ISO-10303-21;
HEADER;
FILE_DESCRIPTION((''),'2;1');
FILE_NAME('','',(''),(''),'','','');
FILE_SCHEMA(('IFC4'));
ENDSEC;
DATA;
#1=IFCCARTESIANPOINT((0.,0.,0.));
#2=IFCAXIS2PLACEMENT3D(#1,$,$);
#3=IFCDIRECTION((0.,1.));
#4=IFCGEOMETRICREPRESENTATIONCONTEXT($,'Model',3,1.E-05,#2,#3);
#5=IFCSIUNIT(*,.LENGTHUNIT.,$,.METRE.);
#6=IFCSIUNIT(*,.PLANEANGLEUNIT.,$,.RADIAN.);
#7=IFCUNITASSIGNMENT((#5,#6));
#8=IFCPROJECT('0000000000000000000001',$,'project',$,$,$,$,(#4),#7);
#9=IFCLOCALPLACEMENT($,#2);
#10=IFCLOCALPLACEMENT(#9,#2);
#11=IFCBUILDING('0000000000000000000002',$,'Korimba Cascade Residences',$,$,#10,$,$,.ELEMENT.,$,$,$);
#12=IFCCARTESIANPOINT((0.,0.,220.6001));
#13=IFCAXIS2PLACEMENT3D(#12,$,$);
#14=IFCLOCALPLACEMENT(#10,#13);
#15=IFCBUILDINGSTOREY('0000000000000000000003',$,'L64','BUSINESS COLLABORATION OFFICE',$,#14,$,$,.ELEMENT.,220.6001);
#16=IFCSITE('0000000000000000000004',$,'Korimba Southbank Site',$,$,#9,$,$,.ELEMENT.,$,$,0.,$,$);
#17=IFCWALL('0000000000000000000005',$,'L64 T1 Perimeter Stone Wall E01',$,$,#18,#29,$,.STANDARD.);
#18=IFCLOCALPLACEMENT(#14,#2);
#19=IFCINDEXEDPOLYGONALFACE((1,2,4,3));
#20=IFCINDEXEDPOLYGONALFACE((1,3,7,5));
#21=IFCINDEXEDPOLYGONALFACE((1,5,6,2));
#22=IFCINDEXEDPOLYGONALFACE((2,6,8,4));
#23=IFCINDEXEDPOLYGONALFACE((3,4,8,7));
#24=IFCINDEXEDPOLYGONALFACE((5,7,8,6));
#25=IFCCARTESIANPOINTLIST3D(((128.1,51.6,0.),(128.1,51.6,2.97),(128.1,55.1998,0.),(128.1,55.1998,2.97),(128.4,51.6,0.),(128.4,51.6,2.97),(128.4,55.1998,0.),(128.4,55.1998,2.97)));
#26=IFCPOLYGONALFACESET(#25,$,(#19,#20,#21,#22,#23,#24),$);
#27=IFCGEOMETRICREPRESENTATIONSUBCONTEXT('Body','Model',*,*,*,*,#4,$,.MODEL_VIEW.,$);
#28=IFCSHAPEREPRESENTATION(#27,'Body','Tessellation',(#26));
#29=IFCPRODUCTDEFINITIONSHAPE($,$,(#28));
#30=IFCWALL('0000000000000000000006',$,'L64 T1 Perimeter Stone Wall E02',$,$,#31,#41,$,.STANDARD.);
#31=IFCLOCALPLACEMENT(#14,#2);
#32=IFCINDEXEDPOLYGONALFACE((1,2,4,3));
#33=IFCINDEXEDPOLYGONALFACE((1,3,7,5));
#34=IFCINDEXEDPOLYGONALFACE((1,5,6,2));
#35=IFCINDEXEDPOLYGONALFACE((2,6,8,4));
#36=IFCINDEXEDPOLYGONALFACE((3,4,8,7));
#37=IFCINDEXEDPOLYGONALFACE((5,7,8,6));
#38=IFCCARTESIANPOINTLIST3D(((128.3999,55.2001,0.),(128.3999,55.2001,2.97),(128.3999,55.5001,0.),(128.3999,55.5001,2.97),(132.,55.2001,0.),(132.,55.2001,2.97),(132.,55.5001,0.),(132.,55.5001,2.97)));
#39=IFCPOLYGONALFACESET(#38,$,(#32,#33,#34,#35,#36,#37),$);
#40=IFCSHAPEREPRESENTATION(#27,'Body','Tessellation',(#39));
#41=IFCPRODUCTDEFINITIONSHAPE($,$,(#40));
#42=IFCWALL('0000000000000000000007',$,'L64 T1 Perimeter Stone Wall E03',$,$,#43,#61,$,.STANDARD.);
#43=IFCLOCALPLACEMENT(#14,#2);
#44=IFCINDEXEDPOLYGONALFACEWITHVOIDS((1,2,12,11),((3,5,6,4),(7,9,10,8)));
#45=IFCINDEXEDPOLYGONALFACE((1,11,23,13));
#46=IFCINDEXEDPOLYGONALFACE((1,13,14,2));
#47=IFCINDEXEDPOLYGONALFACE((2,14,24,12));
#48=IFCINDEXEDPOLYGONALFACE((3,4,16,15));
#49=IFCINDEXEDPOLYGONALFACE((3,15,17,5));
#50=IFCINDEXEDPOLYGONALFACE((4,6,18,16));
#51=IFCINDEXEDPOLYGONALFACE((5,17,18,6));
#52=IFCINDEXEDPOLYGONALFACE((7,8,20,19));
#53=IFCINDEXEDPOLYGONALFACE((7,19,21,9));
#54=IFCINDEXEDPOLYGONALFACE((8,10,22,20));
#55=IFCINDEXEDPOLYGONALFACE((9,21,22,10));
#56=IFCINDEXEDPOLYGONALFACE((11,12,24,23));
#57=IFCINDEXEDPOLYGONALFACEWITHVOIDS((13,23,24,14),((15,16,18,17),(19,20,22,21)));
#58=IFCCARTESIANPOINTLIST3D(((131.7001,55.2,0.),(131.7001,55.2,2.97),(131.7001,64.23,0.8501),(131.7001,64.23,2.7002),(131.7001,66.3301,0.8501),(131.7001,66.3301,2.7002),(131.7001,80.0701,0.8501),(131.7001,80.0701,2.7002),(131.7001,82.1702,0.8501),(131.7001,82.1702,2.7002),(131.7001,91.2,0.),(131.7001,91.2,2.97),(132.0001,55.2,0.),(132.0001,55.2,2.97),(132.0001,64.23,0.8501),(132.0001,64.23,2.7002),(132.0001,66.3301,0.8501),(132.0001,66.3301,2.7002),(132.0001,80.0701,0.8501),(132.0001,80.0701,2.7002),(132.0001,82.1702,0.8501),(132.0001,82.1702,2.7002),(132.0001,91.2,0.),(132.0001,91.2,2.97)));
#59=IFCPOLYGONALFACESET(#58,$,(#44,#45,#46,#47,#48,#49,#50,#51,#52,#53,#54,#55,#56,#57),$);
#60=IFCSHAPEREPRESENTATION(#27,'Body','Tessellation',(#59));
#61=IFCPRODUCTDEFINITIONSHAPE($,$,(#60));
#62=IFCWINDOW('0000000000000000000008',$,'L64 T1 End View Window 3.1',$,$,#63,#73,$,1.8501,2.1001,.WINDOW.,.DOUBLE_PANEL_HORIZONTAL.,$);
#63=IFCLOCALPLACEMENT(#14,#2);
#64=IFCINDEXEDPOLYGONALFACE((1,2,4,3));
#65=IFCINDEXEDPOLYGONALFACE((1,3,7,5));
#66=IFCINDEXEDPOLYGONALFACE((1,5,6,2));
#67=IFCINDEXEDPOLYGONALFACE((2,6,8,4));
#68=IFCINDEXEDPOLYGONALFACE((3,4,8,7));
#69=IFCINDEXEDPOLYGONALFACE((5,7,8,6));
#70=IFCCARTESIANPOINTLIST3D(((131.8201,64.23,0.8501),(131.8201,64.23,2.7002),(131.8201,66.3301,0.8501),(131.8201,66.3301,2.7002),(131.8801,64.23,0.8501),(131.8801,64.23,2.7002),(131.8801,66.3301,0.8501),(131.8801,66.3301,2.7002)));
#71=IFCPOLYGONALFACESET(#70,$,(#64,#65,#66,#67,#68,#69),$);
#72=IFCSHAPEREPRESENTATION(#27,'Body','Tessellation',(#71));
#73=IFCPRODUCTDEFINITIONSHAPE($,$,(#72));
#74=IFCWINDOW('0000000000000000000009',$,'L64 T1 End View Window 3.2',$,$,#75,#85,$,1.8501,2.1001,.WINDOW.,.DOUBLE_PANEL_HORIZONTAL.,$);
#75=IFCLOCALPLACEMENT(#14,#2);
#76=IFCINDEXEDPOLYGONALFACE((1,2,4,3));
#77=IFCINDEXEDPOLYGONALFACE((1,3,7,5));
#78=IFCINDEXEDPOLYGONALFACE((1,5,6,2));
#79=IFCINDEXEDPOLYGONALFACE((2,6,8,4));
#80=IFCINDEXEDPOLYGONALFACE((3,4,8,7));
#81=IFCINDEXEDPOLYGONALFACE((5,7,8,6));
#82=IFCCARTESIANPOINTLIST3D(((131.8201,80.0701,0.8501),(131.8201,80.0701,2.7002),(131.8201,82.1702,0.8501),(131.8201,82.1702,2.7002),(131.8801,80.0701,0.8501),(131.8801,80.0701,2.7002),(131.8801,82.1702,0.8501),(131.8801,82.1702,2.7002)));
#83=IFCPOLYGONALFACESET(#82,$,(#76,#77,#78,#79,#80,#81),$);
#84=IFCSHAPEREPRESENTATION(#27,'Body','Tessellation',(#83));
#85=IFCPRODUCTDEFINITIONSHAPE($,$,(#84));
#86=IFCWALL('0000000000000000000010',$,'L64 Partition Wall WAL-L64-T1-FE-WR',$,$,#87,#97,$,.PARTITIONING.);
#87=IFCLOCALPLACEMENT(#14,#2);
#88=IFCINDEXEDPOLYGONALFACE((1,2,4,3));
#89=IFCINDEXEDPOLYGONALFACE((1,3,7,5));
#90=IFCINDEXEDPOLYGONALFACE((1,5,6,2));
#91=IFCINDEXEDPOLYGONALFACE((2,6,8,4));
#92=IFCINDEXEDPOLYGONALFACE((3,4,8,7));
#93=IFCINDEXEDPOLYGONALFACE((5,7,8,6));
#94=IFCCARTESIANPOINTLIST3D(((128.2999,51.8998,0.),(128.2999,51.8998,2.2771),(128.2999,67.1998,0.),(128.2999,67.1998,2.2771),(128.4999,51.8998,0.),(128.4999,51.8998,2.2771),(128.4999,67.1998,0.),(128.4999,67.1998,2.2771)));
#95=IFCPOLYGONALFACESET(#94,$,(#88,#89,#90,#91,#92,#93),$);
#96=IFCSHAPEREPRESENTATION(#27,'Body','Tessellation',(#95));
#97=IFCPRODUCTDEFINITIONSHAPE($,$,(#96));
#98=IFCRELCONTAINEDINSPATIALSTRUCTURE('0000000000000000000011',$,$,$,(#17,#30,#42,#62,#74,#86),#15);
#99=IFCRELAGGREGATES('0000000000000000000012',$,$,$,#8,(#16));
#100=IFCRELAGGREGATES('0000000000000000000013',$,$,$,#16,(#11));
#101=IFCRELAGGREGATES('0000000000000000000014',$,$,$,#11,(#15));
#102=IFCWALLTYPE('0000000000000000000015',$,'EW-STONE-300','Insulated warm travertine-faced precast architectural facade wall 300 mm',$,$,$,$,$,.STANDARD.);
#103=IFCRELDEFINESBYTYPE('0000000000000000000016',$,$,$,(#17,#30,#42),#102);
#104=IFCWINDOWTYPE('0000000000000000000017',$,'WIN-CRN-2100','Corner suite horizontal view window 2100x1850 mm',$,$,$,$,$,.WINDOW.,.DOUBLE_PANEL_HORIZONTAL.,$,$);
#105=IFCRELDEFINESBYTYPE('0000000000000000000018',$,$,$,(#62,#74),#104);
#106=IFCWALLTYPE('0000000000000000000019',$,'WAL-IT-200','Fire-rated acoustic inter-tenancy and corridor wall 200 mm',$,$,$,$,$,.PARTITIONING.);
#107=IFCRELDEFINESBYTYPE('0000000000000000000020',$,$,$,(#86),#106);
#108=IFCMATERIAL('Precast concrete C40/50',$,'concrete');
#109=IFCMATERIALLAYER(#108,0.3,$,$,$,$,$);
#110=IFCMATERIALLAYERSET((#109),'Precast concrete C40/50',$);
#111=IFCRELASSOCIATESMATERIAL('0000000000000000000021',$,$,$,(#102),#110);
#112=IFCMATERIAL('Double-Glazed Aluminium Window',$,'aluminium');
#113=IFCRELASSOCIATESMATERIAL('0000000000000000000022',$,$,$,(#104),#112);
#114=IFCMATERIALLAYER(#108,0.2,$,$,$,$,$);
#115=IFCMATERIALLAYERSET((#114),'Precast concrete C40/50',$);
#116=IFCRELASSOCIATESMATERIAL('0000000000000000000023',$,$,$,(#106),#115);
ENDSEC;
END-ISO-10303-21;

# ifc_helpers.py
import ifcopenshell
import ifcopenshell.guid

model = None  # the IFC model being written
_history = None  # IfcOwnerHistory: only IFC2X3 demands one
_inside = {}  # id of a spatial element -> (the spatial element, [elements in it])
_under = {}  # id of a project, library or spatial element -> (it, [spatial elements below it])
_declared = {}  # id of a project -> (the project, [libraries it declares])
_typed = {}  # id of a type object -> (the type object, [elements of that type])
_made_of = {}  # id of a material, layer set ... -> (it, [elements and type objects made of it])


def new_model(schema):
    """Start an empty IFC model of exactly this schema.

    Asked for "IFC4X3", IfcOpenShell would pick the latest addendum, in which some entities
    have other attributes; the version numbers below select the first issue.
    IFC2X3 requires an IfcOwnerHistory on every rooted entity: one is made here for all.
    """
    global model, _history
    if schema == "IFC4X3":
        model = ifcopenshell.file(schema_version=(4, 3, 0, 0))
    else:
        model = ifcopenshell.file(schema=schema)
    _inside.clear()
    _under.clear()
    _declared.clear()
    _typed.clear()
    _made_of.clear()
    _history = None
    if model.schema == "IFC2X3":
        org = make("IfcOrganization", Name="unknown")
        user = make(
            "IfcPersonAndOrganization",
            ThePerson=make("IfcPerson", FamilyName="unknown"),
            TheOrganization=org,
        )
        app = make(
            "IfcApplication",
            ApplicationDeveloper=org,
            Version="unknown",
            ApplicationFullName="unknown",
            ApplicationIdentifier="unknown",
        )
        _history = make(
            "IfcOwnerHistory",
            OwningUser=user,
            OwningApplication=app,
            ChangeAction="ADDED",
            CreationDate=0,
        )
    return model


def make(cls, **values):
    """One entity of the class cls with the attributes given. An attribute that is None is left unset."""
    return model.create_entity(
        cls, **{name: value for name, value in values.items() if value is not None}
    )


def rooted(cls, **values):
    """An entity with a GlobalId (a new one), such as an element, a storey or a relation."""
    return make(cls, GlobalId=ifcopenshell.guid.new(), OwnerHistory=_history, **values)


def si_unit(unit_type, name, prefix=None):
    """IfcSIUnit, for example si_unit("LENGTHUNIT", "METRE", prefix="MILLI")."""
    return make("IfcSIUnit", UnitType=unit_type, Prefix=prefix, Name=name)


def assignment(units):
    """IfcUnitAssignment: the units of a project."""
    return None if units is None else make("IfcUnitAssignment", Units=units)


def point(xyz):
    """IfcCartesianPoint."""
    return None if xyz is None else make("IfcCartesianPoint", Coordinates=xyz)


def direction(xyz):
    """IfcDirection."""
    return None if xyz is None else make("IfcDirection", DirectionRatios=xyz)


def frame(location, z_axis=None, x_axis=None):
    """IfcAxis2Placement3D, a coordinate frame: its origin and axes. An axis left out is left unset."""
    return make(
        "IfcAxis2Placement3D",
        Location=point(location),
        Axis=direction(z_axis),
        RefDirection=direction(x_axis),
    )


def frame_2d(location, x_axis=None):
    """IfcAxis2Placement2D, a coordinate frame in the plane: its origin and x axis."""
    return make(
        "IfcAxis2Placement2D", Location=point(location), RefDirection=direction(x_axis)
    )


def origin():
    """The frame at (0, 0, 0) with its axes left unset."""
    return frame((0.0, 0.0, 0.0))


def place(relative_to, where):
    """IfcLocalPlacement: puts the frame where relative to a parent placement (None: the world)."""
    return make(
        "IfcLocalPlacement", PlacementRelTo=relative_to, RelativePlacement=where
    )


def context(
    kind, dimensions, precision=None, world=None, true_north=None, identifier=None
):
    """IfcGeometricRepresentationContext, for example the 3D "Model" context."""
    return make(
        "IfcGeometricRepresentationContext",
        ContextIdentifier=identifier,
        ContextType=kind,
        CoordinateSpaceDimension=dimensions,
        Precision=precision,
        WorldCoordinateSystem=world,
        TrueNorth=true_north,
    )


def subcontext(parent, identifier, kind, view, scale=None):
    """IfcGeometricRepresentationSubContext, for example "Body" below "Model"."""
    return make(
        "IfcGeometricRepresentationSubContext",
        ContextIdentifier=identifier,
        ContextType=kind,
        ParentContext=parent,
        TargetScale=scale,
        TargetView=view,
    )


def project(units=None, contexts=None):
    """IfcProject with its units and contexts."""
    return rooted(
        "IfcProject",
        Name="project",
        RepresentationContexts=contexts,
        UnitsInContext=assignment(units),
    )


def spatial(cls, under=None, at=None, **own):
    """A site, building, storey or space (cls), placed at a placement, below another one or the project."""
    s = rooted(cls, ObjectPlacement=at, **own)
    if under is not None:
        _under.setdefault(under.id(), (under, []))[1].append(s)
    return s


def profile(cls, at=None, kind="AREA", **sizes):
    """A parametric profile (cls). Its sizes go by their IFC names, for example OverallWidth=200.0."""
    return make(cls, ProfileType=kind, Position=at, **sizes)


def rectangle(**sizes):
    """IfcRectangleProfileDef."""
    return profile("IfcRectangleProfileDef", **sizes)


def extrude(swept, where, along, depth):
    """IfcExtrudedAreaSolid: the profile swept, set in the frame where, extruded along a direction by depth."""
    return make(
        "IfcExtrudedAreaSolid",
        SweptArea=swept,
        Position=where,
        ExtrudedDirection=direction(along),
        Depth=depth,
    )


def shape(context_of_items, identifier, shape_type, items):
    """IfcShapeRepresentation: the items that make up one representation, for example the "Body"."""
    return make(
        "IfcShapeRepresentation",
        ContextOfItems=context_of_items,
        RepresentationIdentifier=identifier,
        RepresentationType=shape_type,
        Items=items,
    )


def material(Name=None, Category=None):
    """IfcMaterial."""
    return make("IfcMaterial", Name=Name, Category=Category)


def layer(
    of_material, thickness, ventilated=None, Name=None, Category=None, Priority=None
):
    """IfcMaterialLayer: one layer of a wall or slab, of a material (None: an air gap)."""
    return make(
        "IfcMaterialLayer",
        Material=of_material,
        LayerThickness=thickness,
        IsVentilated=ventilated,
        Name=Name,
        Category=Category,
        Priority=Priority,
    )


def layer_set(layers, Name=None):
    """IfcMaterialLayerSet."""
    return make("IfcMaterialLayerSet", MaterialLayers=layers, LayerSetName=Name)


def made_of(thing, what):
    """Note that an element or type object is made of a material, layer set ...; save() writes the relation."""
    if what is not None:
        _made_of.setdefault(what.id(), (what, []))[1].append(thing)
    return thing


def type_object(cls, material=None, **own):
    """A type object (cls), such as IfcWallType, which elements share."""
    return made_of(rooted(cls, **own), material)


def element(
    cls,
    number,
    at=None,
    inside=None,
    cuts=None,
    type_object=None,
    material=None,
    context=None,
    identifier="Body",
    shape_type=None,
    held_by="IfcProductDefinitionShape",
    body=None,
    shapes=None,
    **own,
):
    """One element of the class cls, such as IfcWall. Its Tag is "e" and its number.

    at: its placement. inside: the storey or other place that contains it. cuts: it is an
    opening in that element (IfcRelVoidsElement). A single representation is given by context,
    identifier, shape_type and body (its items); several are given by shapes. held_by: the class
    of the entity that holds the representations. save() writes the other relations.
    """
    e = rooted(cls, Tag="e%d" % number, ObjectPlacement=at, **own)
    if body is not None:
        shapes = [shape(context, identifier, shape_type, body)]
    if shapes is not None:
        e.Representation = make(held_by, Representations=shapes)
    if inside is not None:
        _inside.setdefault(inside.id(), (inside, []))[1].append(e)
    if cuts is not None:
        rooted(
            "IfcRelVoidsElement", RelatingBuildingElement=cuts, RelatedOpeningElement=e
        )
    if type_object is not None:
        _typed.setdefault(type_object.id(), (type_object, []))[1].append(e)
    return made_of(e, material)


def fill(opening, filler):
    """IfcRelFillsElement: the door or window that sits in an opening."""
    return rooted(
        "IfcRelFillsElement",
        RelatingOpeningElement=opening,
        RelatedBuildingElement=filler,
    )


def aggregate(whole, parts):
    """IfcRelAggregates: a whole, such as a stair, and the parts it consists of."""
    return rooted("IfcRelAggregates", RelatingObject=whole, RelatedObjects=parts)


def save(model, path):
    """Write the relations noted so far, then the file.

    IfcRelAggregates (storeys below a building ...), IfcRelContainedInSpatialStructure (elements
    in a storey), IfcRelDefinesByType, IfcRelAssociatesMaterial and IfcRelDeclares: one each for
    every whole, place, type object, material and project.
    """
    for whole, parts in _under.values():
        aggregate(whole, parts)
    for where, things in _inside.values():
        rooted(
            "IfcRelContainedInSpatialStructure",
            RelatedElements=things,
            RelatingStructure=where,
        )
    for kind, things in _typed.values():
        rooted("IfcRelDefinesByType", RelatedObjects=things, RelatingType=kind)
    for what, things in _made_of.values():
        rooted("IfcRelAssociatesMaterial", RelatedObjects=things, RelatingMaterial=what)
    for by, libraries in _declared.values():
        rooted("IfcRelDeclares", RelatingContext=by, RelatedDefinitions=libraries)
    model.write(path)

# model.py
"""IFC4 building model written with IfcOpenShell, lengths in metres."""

from ifc_helpers import new_model, si_unit, direction, frame, frame_2d, origin, place, context, subcontext, project, spatial, rectangle, extrude, material, layer, layer_set, type_object, element, fill, save


model = new_model("IFC4")

# Units and contexts
model_context = context("Model", 3, precision=1e-05, world=origin(), true_north=direction((0.0, 1.0)))
body_context = subcontext(model_context, "Body", "Model", "MODEL_VIEW")
ifc_project = project(units=[si_unit("LENGTHUNIT", "METRE"), si_unit("PLANEANGLEUNIT", "RADIAN")], contexts=[model_context])

# Site, building, storey
site_placement = place(None, origin())
site = spatial("IfcSite", under=ifc_project, at=site_placement, Name="Korimba Southbank Site", CompositionType="ELEMENT", RefElevation=0.0)
building_placement = place(site_placement, origin())
building = spatial("IfcBuilding", under=site, at=building_placement, Name="Korimba Cascade Residences", CompositionType="ELEMENT")
storey_placement = place(building_placement, frame((0.0, 0.0, 220.6001)))
storey = spatial("IfcBuildingStorey", under=building, at=storey_placement, Name="L64", Description="BUSINESS COLLABORATION OFFICE", CompositionType="ELEMENT", Elevation=220.6001)

# Walls
ifc_material_1 = material(Name="Precast concrete C40/50", Category="concrete")
ifc_layer_1 = layer(ifc_material_1, 0.3)
ifc_layer_set_1 = layer_set([ifc_layer_1], Name="Precast concrete C40/50")
wall_type_1 = type_object("IfcWallType", Name="EW-STONE-300", Description="Insulated warm travertine-faced precast architectural facade wall 300 mm", PredefinedType="STANDARD", material=ifc_layer_set_1)
wall_1_placement = place(storey_placement, frame((128.25, 51.6001, 0.0), z_axis=(0.0, 0.0, 1.0), x_axis=(0.0, 1.0, 0.0)))
element("IfcWall", 1, at=wall_1_placement, inside=storey, type_object=wall_type_1, Name="L64 T1 Perimeter Stone Wall E01", PredefinedType="STANDARD", context=body_context, shape_type="SweptSolid", body=[
    extrude(rectangle(XDim=3.5999, YDim=0.3, at=frame_2d((1.7998, 0.0))), origin(), (0.0, 0.0, 1.0), 2.97),
])
wall_2_placement = place(storey_placement, frame((128.3999, 55.3501, 0.0), z_axis=(0.0, 0.0, 1.0), x_axis=(1.0, 0.0, 0.0)))
element("IfcWall", 2, at=wall_2_placement, inside=storey, type_object=wall_type_1, Name="L64 T1 Perimeter Stone Wall E02", PredefinedType="STANDARD", context=body_context, shape_type="SweptSolid", body=[
    extrude(rectangle(XDim=3.6001, YDim=0.3, at=frame_2d((1.8, 0.0))), origin(), (0.0, 0.0, 1.0), 2.97),
])

# Wall, openings, windows
wall_3_placement = place(storey_placement, frame((131.8501, 55.2, 0.0), z_axis=(0.0, 0.0, 1.0), x_axis=(0.0, 1.0, 0.0)))
wall_3 = element("IfcWall", 3, at=wall_3_placement, inside=storey, type_object=wall_type_1, Name="L64 T1 Perimeter Stone Wall E03", PredefinedType="STANDARD", context=body_context, shape_type="SweptSolid", body=[
    extrude(rectangle(XDim=36.0, YDim=0.3, at=frame_2d((18.0, 0.0))), origin(), (0.0, 0.0, 1.0), 2.97),
])
opening_1_placement = place(wall_3_placement, frame((9.03, 0.0, 0.8501)))
opening_1 = element("IfcOpeningElement", 4, at=opening_1_placement, cuts=wall_3, PredefinedType="OPENING", context=body_context, shape_type="SweptSolid", body=[
    extrude(rectangle(XDim=2.1001, YDim=1.8501, at=frame_2d((1.05, 0.925))), frame((0.0, 0.1602, 0.0), z_axis=(0.0, -1.0, 0.0), x_axis=(1.0, 0.0, 0.0)), (0.0, 0.0, 1.0), 0.3201),
])
opening_2_placement = place(wall_3_placement, frame((24.8701, 0.0, 0.8501)))
opening_2 = element("IfcOpeningElement", 5, at=opening_2_placement, cuts=wall_3, PredefinedType="OPENING", context=body_context, shape_type="SweptSolid", body=[
    extrude(rectangle(XDim=2.1001, YDim=1.8501, at=frame_2d((1.05, 0.925))), frame((0.0, 0.1602, 0.0), z_axis=(0.0, -1.0, 0.0), x_axis=(1.0, 0.0, 0.0)), (0.0, 0.0, 1.0), 0.3201),
])
ifc_material_2 = material(Name="Double-Glazed Aluminium Window", Category="aluminium")
window_type = type_object("IfcWindowType", Name="WIN-CRN-2100", Description="Corner suite horizontal view window 2100x1850 mm", PartitioningType="DOUBLE_PANEL_HORIZONTAL", PredefinedType="WINDOW", material=ifc_material_2)
window_1_placement = place(opening_1_placement, origin())
window_1 = element("IfcWindow", 6, at=window_1_placement, inside=storey, type_object=window_type, Name="L64 T1 End View Window 3.1", OverallHeight=1.8501, OverallWidth=2.1001, PartitioningType="DOUBLE_PANEL_HORIZONTAL", PredefinedType="WINDOW", context=body_context, shape_type="SweptSolid", body=[
    extrude(rectangle(XDim=2.1001, YDim=1.8501, at=frame_2d((1.05, 0.925))), frame((0.0, 0.03, 0.0), z_axis=(0.0, -1.0, 0.0), x_axis=(1.0, 0.0, 0.0)), (0.0, 0.0, 1.0), 0.0601),
])
fill(opening_1, window_1)
window_2_placement = place(opening_2_placement, origin())
window_2 = element("IfcWindow", 7, at=window_2_placement, inside=storey, type_object=window_type, Name="L64 T1 End View Window 3.2", OverallHeight=1.8501, OverallWidth=2.1001, PartitioningType="DOUBLE_PANEL_HORIZONTAL", PredefinedType="WINDOW", context=body_context, shape_type="SweptSolid", body=[
    extrude(rectangle(XDim=2.1001, YDim=1.8501, at=frame_2d((1.05, 0.925))), frame((0.0, 0.03, 0.0), z_axis=(0.0, -1.0, 0.0), x_axis=(1.0, 0.0, 0.0)), (0.0, 0.0, 1.0), 0.0601),
])
fill(opening_2, window_2)

# Wall
ifc_layer_2 = layer(ifc_material_1, 0.2)
ifc_layer_set_2 = layer_set([ifc_layer_2], Name="Precast concrete C40/50")
wall_type_2 = type_object("IfcWallType", Name="WAL-IT-200", Description="Fire-rated acoustic inter-tenancy and corridor wall 200 mm", PredefinedType="PARTITIONING", material=ifc_layer_set_2)
wall_4_placement = place(storey_placement, frame((128.3999, 51.8999, 0.0), z_axis=(0.0, 0.0, 1.0), x_axis=(0.0, 1.0, 0.0)))
element("IfcWall", 8, at=wall_4_placement, inside=storey, type_object=wall_type_2, Name="L64 Partition Wall WAL-L64-T1-FE-WR", PredefinedType="PARTITIONING", context=body_context, shape_type="SweptSolid", body=[
    extrude(rectangle(XDim=15.3, YDim=0.2, at=frame_2d((7.6499, 0.0))), origin(), (0.0, 0.0, 1.0), 2.2771),
])

save(model, "model.ifc")
